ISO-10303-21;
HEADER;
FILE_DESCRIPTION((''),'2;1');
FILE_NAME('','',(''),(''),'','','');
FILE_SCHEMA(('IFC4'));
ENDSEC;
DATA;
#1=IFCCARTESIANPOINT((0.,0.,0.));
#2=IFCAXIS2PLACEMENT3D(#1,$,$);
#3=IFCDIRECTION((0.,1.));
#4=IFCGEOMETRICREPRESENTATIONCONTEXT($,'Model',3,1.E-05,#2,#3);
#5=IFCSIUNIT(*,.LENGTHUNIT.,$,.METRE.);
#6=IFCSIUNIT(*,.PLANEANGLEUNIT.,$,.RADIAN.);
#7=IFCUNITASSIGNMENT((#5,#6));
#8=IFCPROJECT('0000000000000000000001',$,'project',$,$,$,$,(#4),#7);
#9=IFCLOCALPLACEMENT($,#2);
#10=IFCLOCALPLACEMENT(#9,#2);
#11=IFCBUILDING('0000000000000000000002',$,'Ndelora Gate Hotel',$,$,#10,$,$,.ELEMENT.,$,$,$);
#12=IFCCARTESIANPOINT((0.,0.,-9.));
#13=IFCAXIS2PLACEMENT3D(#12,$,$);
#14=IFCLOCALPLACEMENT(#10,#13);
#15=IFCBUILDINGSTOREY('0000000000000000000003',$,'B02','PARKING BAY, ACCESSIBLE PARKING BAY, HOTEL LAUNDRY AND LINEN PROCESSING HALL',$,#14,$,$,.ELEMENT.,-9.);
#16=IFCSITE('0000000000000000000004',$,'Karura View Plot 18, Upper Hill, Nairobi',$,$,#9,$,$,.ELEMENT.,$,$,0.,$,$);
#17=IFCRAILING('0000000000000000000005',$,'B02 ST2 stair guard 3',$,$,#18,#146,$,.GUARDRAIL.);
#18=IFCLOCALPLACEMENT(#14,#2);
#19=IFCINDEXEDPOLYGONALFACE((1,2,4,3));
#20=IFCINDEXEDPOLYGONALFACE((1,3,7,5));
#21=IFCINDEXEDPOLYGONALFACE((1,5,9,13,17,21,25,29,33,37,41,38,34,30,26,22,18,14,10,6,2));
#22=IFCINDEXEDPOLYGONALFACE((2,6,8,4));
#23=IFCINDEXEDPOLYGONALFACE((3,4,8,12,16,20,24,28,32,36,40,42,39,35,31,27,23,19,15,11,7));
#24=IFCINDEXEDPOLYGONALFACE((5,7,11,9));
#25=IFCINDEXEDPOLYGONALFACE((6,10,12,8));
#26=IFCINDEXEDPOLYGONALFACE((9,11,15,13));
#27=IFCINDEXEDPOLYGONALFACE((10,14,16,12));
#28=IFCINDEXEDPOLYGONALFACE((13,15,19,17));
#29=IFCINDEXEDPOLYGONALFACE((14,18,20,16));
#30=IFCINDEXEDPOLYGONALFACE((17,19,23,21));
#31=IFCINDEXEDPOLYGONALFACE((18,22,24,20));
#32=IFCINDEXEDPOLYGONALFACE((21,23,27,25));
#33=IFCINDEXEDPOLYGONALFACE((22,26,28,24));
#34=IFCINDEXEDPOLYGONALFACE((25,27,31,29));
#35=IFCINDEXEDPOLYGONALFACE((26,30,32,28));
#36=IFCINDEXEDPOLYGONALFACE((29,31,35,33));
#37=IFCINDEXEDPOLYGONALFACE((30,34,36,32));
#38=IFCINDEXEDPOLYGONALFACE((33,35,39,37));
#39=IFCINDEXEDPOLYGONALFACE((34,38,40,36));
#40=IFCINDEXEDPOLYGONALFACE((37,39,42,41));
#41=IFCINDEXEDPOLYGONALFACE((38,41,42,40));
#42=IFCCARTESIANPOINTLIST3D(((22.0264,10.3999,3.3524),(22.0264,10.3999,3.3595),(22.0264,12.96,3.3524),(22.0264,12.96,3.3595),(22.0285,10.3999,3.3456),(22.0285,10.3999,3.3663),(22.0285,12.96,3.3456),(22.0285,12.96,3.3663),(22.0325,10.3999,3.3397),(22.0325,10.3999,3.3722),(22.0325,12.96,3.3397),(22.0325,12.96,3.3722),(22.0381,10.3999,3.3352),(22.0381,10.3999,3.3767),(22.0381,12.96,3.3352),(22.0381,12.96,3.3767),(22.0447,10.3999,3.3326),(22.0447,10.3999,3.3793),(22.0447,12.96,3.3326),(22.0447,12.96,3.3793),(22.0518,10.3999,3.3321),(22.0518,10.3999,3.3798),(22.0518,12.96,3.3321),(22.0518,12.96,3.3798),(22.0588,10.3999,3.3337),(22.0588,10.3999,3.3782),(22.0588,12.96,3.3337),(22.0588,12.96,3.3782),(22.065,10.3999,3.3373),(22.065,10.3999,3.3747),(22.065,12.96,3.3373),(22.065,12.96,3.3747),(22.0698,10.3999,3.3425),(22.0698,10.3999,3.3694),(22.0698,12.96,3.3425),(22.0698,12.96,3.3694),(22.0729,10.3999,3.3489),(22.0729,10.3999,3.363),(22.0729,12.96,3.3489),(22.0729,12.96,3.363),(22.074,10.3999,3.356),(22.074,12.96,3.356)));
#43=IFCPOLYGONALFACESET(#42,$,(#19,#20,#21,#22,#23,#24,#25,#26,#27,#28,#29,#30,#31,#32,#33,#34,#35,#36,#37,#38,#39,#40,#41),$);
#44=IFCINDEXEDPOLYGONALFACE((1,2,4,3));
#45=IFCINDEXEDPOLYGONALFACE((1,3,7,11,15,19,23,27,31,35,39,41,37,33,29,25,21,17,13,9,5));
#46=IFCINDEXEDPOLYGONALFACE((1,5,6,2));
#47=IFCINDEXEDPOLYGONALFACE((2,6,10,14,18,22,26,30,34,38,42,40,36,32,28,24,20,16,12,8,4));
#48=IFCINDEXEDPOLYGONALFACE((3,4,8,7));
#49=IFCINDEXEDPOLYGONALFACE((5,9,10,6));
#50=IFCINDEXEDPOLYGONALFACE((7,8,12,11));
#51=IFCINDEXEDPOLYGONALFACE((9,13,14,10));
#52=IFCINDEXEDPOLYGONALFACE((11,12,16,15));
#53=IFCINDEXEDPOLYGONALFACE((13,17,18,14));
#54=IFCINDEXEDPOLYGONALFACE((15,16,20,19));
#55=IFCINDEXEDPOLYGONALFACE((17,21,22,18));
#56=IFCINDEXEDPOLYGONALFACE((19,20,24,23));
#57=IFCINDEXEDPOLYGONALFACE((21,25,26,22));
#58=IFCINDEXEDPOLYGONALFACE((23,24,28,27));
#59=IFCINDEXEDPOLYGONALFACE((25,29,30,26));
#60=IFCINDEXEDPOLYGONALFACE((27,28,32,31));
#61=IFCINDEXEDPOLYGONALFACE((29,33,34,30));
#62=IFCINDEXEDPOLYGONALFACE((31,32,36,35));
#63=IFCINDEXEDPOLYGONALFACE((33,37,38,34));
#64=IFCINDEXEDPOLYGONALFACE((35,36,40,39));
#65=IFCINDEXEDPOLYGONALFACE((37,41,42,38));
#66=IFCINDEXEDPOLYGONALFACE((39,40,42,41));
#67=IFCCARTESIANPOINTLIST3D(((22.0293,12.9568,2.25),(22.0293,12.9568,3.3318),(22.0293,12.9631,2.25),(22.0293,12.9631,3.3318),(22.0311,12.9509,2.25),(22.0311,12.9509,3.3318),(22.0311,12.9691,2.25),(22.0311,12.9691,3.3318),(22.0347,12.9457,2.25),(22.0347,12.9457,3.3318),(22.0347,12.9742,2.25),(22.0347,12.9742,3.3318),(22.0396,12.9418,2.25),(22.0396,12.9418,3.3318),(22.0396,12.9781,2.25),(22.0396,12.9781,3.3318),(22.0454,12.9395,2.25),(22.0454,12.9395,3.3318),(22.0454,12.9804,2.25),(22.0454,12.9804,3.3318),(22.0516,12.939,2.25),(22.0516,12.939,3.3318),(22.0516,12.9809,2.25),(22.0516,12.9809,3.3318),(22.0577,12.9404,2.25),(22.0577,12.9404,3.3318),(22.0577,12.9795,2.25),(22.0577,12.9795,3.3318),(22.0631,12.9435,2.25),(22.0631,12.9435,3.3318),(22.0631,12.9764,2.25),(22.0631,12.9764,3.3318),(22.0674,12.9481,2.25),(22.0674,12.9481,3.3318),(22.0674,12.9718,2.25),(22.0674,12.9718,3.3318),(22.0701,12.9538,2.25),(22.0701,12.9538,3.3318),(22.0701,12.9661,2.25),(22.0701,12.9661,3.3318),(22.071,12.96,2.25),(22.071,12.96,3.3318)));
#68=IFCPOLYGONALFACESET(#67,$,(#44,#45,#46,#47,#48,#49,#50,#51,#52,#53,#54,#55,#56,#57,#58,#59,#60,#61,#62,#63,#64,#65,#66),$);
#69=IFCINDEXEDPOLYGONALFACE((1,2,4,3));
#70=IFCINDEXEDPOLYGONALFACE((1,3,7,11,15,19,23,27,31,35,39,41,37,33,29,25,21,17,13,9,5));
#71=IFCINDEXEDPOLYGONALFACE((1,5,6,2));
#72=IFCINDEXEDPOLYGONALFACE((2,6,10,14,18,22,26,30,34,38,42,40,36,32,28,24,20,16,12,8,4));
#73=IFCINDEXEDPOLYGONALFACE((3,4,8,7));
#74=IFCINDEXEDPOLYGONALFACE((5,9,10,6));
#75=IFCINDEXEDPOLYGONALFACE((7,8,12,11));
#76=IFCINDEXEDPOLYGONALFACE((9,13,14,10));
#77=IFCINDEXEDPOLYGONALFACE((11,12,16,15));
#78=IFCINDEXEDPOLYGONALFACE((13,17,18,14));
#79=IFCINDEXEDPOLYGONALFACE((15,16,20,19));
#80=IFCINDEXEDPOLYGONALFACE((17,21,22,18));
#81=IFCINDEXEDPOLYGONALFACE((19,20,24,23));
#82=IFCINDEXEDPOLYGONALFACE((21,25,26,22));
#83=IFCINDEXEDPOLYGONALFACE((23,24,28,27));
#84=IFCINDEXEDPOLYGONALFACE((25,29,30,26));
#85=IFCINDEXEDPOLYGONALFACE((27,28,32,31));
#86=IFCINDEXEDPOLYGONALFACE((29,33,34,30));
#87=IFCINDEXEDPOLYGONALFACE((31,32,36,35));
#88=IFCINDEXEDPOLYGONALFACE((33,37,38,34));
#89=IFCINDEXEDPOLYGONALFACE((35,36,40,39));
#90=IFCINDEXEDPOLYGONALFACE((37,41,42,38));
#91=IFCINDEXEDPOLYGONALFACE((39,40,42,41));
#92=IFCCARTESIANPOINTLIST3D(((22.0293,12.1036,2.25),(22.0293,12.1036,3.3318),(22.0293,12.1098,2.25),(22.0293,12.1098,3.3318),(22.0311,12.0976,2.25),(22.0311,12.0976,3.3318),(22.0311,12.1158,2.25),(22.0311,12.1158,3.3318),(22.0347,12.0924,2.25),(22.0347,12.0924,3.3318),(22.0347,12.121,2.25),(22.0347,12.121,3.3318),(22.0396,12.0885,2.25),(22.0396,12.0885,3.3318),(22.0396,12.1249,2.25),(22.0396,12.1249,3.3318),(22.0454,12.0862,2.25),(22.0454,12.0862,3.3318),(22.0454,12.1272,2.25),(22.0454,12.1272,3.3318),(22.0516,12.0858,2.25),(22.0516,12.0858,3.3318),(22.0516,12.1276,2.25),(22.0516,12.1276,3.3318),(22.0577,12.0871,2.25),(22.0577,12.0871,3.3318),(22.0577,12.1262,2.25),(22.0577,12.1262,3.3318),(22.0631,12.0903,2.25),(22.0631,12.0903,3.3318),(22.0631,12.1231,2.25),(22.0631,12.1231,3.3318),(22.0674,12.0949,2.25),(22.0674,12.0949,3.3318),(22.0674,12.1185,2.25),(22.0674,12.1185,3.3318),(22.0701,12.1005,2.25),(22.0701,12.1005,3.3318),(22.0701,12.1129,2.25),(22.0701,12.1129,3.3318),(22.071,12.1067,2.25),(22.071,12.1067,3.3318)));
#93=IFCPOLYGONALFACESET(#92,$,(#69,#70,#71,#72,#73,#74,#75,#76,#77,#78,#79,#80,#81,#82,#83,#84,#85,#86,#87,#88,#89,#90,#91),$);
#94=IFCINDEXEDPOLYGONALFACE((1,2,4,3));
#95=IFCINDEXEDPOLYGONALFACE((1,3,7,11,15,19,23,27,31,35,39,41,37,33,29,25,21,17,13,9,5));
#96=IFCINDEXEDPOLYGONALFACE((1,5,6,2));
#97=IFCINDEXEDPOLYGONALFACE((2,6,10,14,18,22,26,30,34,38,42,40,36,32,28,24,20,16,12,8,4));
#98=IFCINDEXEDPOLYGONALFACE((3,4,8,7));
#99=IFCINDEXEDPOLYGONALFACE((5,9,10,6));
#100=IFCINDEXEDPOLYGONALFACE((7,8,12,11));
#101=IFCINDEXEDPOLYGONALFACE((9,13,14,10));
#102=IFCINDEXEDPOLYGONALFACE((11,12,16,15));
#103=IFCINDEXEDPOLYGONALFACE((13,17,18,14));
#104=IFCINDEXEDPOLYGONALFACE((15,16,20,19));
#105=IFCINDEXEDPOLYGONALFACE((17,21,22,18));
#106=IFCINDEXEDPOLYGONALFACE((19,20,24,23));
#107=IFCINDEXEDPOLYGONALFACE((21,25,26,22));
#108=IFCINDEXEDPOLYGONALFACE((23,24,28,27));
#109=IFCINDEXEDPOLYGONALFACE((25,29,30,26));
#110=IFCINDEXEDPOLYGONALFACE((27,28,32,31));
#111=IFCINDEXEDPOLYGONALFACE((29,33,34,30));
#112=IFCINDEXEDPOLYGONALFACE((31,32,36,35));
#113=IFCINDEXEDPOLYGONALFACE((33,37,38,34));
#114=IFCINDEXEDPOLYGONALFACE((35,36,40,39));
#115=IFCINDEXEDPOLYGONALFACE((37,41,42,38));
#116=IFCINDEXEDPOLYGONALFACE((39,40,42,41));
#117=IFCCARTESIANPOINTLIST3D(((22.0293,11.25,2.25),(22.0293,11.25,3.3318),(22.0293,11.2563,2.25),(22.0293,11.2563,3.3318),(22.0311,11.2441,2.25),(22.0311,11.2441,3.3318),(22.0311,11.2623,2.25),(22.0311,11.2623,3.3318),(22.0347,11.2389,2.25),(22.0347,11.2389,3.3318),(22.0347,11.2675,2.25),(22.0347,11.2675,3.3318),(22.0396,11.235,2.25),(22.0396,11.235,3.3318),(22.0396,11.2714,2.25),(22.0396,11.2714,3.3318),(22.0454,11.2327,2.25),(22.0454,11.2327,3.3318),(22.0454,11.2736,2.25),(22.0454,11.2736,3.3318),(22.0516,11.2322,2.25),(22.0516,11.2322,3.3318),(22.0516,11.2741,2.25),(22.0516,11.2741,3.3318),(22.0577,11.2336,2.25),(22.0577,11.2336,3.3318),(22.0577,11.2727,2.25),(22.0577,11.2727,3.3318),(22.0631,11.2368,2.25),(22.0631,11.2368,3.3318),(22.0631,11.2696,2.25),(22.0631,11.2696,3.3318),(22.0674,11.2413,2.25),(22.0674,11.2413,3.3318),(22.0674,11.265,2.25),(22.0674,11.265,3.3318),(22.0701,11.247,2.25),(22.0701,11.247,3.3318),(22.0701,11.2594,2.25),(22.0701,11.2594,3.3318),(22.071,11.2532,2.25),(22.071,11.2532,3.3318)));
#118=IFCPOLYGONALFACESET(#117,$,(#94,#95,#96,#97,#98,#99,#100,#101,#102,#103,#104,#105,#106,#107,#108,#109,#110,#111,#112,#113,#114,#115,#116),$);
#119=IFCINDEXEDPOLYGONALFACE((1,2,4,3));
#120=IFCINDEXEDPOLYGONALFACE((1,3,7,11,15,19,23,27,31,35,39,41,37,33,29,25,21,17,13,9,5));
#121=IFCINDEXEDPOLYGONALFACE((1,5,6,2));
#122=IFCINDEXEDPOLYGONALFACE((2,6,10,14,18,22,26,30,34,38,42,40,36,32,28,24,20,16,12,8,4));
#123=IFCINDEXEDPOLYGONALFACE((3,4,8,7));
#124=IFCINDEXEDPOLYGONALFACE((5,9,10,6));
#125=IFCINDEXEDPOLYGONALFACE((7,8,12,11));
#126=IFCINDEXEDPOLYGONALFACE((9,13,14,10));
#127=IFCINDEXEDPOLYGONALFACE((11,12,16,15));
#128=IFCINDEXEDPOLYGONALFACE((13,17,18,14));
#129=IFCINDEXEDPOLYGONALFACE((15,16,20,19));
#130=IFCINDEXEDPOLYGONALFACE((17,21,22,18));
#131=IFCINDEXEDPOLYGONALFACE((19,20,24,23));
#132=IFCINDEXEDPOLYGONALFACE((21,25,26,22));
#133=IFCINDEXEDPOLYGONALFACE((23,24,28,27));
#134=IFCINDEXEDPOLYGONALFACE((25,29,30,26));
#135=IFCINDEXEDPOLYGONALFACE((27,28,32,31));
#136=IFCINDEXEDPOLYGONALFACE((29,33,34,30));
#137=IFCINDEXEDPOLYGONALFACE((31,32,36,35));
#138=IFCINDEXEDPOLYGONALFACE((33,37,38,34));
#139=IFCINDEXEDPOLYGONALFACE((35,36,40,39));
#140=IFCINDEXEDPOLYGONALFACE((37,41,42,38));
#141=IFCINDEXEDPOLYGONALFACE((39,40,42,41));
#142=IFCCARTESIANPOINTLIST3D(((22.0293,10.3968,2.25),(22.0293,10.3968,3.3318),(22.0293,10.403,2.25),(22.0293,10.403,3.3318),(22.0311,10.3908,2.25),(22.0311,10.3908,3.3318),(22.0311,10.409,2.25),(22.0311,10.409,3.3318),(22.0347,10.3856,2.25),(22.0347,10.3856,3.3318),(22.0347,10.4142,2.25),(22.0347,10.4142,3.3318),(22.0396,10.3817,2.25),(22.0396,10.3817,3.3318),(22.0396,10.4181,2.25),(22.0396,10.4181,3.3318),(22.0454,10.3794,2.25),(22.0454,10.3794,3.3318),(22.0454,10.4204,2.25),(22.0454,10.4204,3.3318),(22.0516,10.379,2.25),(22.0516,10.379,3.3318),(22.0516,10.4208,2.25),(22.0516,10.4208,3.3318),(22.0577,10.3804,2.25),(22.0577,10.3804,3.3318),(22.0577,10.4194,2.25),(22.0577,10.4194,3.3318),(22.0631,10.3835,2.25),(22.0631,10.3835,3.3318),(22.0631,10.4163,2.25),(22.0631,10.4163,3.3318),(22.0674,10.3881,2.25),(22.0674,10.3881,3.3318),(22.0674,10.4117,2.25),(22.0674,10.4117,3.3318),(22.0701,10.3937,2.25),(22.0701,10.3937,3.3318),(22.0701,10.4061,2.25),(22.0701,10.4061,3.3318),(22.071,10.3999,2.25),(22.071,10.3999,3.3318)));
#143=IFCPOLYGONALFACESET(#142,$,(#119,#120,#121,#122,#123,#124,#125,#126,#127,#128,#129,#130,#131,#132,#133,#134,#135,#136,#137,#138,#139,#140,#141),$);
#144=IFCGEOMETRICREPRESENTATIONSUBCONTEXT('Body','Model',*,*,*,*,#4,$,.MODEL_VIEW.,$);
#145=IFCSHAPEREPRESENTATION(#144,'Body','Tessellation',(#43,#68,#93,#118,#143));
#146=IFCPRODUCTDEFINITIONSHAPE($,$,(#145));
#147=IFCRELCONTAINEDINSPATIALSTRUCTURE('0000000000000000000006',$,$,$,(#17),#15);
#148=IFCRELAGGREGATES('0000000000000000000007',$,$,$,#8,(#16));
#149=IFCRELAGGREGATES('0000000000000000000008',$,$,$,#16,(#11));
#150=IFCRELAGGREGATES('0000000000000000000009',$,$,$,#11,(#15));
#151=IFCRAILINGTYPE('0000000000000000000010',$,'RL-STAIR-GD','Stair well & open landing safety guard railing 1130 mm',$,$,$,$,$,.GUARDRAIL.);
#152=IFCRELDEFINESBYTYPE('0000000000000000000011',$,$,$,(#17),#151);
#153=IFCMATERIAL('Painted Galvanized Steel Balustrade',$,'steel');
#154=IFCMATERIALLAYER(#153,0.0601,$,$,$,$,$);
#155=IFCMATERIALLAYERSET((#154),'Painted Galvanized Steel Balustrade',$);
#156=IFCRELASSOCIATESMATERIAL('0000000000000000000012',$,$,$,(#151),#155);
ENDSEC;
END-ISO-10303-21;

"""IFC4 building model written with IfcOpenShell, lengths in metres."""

from ifc_helpers import new_model, si_unit, direction, frame, origin, origin_2d, place, context, subcontext, project, spatial, circle, extrude, material, layer, layer_set, type_object, element, save


model = new_model("IFC4")

# Units and contexts
model_context = context("Model", 3, precision=1e-05, world=origin(), true_north=direction((0.0, 1.0)))
body_context = subcontext(model_context, "Body", "Model", "MODEL_VIEW")
ifc_project = project(units=[si_unit("LENGTHUNIT", "METRE"), si_unit("PLANEANGLEUNIT", "RADIAN")], contexts=[model_context])

# Site, building, storey
site_placement = place(None, origin())
site = spatial("IfcSite", under=ifc_project, at=site_placement, Name="Karura View Plot 18, Upper Hill, Nairobi", CompositionType="ELEMENT", RefElevation=0.0)
building_placement = place(site_placement, origin())
building = spatial("IfcBuilding", under=site, at=building_placement, Name="Ndelora Gate Hotel", CompositionType="ELEMENT")
storey_placement = place(building_placement, frame((0.0, 0.0, -9.0)))
storey = spatial("IfcBuildingStorey", under=building, at=storey_placement, Name="B02", Description="PARKING BAY, ACCESSIBLE PARKING BAY, HOTEL LAUNDRY AND LINEN PROCESSING HALL", CompositionType="ELEMENT", Elevation=-9.0)

# Railing
ifc_material_1 = material(Name="Painted Galvanized Steel Balustrade", Category="steel")
ifc_layer_1 = layer(ifc_material_1, 0.0601)
ifc_layer_set_1 = layer_set([ifc_layer_1], Name="Painted Galvanized Steel Balustrade")
railing_type_1 = type_object("IfcRailingType", Name="RL-STAIR-GD", Description="Stair well & open landing safety guard railing 1130 mm", PredefinedType="GUARDRAIL", material=ifc_layer_set_1)
for number, where, name in (
    (1, (22.05, 12.96, 2.25), "B02 ST2 stair guard 3"),
):
    element("IfcRailing", number, at=place(storey_placement, frame(where)), inside=storey, type_object=railing_type_1, Name=name, PredefinedType="GUARDRAIL", context=body_context, shape_type="SweptSolid", body=[
        extrude(circle(Radius=0.0239, at=origin_2d()), frame((0.0, 0.0, 1.106), z_axis=(0.0, -1.0, 0.0), x_axis=(1.0, 0.0, 0.0)), (0.0, 0.0, 1.0), 2.5601),
        extrude(circle(Radius=0.021, at=origin_2d()), origin(), (0.0, 0.0, 1.0), 1.0818),
        extrude(circle(Radius=0.021, at=origin_2d()), frame((0.0, -0.8533, 0.0)), (0.0, 0.0, 1.0), 1.0818),
        extrude(circle(Radius=0.021, at=origin_2d()), frame((0.0, -1.7068, 0.0)), (0.0, 0.0, 1.0), 1.0818),
        extrude(circle(Radius=0.021, at=origin_2d()), frame((0.0, -2.5601, 0.0)), (0.0, 0.0, 1.0), 1.0818),
    ])

save(model, "model.ifc")
